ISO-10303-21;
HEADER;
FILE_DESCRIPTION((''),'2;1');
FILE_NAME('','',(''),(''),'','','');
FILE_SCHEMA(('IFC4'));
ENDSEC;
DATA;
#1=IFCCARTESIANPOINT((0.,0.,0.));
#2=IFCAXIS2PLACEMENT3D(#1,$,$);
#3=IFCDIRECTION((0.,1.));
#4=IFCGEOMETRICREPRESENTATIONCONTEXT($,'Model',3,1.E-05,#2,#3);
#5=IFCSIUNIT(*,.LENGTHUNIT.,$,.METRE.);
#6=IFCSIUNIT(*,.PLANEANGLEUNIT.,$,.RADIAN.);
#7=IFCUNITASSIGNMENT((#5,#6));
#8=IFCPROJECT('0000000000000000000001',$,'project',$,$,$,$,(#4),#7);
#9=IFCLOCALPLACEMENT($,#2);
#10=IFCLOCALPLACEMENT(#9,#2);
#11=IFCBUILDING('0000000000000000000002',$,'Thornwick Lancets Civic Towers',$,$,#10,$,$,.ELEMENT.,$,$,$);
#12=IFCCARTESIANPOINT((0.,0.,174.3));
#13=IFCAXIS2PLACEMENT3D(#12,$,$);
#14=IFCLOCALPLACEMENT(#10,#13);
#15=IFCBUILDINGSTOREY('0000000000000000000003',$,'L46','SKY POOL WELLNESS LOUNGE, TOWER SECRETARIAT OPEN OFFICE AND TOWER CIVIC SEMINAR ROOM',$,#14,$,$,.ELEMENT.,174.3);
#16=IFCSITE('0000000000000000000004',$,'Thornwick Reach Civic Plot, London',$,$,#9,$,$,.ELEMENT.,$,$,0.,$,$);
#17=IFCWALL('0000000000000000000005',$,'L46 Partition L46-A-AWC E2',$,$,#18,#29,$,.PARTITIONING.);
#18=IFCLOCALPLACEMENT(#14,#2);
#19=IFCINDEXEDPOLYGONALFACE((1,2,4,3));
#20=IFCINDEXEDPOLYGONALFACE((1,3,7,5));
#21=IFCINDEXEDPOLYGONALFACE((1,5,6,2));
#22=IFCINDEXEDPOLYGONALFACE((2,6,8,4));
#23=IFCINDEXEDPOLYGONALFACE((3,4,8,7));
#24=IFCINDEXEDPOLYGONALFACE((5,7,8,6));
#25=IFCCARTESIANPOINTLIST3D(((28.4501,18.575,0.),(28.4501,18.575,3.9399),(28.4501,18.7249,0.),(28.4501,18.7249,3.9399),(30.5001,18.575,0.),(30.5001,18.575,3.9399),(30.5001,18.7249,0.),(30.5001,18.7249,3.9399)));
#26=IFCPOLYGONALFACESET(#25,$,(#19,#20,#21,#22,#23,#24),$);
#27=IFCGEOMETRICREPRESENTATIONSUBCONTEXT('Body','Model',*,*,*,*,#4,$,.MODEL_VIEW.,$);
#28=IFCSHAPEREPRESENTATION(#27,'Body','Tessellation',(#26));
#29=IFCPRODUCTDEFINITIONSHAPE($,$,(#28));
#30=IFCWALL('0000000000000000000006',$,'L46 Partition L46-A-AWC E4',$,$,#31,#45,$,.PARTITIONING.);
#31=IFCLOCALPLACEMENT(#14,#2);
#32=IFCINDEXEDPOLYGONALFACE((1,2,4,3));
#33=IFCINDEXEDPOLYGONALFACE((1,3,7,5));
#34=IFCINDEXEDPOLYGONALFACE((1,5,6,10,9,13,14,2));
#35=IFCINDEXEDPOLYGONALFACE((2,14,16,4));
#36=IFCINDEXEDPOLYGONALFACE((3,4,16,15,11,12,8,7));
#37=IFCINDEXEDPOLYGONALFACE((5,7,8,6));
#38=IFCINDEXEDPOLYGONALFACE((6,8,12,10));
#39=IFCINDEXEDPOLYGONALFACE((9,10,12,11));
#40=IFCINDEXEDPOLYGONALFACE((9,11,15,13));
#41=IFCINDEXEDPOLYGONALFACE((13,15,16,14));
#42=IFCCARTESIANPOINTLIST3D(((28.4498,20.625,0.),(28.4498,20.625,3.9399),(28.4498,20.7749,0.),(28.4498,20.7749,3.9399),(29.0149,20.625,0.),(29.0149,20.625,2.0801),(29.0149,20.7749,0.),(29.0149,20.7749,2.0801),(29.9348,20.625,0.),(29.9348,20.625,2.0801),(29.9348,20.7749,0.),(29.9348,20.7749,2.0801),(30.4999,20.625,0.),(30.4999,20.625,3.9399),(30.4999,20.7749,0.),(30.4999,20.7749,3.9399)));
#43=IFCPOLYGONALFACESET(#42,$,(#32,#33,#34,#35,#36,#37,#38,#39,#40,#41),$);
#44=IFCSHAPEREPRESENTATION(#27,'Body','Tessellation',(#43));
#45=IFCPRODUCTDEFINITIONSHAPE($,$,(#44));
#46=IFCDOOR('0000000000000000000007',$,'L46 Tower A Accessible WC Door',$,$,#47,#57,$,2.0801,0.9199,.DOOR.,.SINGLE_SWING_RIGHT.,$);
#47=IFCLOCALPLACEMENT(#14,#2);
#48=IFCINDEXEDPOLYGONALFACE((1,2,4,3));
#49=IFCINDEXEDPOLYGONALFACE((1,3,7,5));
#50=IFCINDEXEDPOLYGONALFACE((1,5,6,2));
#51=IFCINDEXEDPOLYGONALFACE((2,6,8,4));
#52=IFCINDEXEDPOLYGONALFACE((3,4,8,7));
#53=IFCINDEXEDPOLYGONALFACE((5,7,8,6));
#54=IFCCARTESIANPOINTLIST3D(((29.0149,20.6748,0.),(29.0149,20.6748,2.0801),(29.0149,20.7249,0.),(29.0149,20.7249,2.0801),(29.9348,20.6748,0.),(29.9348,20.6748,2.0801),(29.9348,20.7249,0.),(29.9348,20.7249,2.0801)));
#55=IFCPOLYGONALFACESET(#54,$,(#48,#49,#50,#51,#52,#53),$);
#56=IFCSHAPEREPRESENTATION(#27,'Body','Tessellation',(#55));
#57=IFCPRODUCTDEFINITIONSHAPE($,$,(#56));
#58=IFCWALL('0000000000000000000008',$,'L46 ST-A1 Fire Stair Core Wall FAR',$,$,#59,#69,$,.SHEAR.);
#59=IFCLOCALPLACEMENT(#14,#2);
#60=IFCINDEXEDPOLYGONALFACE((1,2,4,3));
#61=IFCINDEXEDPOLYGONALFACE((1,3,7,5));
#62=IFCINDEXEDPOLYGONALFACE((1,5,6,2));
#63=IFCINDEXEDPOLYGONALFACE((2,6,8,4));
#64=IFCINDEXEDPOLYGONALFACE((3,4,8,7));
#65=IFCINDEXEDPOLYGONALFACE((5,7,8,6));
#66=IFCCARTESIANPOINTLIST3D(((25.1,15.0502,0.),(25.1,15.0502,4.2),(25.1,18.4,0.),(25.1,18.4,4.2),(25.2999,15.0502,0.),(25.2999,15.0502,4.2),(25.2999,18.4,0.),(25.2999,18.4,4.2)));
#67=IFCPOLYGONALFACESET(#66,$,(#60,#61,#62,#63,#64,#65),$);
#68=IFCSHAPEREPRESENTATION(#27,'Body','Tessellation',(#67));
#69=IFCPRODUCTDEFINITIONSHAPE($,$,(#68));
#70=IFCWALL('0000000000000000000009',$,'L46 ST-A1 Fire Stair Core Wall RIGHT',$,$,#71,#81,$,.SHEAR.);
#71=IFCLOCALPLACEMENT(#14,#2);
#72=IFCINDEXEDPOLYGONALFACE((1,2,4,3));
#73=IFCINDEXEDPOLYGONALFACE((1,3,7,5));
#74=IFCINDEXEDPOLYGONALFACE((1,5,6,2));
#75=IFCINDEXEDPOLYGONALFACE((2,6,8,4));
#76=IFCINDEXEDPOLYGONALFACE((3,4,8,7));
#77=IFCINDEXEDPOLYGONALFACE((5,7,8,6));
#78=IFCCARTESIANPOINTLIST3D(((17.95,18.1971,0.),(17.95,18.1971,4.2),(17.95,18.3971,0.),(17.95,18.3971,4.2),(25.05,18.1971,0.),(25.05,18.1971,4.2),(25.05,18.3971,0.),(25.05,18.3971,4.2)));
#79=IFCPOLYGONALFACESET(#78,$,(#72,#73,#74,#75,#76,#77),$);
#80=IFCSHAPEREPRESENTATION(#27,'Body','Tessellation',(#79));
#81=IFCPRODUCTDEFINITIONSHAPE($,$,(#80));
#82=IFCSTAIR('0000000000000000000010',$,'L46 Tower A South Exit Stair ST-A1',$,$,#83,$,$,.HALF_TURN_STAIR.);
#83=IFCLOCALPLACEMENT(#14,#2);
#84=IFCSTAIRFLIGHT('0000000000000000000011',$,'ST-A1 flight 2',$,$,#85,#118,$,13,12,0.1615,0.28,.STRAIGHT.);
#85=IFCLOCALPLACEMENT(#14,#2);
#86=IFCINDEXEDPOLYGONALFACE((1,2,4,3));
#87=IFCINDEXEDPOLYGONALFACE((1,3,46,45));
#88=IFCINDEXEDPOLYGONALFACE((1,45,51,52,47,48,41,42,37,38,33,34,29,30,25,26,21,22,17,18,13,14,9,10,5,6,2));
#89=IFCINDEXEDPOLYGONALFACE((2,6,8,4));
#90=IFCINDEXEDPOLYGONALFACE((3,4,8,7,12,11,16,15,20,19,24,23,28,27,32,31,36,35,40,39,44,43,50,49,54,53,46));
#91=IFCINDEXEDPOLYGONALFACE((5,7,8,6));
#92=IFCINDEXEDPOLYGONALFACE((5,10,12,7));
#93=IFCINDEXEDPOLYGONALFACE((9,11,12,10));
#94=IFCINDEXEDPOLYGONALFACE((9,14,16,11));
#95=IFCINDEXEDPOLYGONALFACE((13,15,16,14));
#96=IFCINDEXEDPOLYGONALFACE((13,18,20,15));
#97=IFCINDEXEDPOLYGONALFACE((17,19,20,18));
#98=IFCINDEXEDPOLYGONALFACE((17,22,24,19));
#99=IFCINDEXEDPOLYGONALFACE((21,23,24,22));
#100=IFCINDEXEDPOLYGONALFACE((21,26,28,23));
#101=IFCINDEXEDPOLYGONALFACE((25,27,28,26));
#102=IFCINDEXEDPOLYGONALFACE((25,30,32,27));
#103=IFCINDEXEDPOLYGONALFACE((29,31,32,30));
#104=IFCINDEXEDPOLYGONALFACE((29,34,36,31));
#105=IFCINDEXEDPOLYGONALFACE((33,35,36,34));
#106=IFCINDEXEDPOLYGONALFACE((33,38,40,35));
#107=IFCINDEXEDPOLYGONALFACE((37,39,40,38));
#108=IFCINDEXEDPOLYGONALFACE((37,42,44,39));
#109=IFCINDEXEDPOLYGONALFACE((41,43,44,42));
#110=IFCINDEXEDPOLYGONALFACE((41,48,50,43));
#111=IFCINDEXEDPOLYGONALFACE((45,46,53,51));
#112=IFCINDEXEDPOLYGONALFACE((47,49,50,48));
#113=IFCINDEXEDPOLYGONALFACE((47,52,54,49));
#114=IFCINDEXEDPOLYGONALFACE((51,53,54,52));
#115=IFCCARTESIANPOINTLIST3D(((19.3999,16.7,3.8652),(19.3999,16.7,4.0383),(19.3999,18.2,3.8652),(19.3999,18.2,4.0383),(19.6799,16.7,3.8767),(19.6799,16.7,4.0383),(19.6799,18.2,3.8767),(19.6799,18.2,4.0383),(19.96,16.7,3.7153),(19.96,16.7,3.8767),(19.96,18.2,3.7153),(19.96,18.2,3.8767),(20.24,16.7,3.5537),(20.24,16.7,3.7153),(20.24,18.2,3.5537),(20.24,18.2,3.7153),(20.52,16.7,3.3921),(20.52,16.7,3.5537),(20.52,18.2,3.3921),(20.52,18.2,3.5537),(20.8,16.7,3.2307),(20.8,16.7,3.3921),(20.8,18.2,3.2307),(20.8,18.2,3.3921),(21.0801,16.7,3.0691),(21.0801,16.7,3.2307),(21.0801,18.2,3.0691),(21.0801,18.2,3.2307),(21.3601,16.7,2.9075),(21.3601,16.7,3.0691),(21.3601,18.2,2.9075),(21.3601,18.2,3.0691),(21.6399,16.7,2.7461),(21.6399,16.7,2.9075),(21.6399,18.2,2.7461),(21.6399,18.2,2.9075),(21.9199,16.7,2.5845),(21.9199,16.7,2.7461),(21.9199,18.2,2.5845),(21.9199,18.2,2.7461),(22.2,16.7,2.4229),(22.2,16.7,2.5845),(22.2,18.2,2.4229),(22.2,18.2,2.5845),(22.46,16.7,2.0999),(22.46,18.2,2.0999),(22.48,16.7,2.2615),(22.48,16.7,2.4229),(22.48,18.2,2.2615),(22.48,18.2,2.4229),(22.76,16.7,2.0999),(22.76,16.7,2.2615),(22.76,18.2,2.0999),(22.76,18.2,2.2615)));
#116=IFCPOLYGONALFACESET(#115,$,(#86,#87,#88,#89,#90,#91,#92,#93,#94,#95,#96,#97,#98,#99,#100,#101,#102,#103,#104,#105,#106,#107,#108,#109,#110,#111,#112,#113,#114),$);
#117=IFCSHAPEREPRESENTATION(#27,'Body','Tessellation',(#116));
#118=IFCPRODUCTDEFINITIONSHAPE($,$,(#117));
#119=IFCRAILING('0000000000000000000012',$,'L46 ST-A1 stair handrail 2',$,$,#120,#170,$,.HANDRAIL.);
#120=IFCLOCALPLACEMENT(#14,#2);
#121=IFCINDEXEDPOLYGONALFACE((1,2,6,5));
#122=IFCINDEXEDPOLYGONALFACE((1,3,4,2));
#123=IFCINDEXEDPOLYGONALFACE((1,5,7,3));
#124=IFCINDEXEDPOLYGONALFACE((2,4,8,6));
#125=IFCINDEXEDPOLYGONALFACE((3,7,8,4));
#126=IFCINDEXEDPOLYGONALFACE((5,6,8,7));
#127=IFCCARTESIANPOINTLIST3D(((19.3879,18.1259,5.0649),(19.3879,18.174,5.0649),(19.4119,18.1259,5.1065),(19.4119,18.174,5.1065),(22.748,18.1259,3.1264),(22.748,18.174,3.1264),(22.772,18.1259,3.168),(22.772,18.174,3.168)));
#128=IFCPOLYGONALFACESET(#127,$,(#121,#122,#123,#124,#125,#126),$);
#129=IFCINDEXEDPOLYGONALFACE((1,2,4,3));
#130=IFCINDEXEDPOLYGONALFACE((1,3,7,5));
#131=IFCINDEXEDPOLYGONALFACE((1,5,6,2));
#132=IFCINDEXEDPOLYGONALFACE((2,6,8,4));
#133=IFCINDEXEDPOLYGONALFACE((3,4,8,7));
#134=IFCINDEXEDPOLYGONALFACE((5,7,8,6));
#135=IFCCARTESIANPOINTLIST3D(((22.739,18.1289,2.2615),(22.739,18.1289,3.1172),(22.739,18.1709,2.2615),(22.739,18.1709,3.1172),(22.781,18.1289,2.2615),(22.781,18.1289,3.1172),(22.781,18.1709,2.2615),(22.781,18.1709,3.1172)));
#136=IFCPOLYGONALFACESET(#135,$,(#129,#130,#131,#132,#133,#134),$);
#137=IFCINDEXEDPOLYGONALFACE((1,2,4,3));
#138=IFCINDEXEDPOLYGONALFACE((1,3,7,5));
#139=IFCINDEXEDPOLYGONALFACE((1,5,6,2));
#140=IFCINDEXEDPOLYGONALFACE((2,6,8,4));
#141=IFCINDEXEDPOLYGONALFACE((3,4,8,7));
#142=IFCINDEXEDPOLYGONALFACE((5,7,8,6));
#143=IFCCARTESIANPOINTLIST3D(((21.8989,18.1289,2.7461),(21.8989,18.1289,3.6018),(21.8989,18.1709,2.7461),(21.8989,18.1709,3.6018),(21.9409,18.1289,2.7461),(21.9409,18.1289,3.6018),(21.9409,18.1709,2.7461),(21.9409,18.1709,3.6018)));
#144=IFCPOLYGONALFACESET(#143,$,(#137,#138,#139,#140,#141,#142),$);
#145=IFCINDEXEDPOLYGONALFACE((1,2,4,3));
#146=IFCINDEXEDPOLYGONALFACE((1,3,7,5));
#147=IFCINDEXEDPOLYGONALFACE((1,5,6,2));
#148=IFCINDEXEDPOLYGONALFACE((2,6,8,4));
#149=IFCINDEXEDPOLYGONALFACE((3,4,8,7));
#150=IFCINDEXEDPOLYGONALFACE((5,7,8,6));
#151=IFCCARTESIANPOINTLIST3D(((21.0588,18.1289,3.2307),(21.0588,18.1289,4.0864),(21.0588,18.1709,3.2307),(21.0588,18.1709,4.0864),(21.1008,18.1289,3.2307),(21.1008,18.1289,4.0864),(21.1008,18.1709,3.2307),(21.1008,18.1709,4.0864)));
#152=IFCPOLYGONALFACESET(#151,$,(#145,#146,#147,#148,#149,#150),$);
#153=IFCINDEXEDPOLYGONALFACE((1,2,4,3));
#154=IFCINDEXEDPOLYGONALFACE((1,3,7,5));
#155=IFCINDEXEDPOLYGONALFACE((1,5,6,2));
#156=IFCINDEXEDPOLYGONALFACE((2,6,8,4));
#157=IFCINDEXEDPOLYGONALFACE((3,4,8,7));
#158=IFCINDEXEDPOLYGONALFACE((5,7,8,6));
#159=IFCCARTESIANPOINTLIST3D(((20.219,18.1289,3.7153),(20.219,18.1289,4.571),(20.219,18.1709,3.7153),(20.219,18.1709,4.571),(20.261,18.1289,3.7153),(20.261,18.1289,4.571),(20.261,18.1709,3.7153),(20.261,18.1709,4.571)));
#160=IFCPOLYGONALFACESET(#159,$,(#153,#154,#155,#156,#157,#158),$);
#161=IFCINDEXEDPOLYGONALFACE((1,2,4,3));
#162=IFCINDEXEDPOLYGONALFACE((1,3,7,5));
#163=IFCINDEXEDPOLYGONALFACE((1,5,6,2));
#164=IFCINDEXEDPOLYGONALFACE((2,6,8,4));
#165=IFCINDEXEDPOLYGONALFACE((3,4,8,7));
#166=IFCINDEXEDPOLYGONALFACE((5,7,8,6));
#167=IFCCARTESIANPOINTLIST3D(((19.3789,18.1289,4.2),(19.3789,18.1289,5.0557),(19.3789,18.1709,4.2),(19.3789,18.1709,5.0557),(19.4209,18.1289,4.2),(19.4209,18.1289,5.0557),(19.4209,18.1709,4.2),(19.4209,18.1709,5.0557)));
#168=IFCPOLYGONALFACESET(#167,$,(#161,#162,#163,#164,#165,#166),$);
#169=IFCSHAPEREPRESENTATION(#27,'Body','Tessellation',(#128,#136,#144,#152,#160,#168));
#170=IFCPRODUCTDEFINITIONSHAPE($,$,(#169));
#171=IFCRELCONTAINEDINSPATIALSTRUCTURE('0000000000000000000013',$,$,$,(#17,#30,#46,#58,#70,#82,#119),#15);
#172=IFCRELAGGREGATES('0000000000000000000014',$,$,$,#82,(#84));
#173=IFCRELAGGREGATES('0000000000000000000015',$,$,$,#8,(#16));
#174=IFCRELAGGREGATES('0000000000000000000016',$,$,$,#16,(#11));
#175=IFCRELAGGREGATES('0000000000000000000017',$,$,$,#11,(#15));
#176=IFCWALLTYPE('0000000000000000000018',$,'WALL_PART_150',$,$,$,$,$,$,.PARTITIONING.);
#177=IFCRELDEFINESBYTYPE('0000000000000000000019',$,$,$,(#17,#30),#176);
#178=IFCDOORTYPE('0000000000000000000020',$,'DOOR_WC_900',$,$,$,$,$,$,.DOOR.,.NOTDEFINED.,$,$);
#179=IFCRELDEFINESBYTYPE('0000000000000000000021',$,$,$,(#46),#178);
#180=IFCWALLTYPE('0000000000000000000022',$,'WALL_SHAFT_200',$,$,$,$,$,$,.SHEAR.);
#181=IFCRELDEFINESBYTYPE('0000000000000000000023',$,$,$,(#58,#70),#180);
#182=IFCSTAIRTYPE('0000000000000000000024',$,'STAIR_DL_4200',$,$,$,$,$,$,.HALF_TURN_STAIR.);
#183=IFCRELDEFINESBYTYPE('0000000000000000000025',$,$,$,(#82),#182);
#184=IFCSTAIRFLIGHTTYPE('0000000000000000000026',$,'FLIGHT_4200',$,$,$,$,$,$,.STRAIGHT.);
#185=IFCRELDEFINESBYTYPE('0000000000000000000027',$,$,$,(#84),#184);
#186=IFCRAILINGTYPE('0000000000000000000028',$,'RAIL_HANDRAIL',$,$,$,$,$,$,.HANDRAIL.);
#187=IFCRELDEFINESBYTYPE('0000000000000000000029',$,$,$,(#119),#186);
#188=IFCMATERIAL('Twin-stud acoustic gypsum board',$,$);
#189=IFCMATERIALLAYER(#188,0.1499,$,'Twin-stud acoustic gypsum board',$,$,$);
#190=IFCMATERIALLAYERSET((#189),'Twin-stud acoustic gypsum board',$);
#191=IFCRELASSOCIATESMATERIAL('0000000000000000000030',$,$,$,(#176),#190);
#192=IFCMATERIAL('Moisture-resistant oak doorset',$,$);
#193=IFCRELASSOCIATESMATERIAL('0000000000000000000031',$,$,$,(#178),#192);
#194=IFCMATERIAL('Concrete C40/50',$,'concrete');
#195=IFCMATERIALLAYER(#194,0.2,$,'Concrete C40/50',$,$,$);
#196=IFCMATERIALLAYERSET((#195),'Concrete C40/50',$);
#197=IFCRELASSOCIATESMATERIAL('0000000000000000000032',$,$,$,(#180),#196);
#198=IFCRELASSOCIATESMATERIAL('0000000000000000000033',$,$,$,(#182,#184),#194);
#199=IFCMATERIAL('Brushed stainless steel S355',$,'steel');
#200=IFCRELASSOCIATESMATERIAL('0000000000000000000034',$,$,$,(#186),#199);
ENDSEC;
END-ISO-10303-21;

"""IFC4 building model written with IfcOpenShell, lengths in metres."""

from ifc_helpers import new_model, si_unit, direction, frame, frame_2d, origin, origin_2d, place, context, subcontext, project, spatial, polyline, rectangle, outline, extrude, material, layer, layer_set, type_object, element, fill, aggregate, save


model = new_model("IFC4")

# Units and contexts
model_context = context("Model", 3, precision=1e-05, world=origin(), true_north=direction((0.0, 1.0)))
body_context = subcontext(model_context, "Body", "Model", "MODEL_VIEW")
ifc_project = project(units=[si_unit("LENGTHUNIT", "METRE"), si_unit("PLANEANGLEUNIT", "RADIAN")], contexts=[model_context])

# Site, building, storey
site_placement = place(None, origin())
site = spatial("IfcSite", under=ifc_project, at=site_placement, Name="Thornwick Reach Civic Plot, London", CompositionType="ELEMENT", RefElevation=0.0)
building_placement = place(site_placement, origin())
building = spatial("IfcBuilding", under=site, at=building_placement, Name="Thornwick Lancets Civic Towers", CompositionType="ELEMENT")
storey_placement = place(building_placement, frame((0.0, 0.0, 174.3)))
storey = spatial("IfcBuildingStorey", under=building, at=storey_placement, Name="L46", Description="SKY POOL WELLNESS LOUNGE, TOWER SECRETARIAT OPEN OFFICE AND TOWER CIVIC SEMINAR ROOM", CompositionType="ELEMENT", Elevation=174.3)

# Shared definitions
ifc_material_1 = material(Name="Concrete C40/50", Category="concrete")

# Wall
ifc_material_2 = material(Name="Twin-stud acoustic gypsum board")
ifc_layer_1 = layer(ifc_material_2, 0.1499, Name="Twin-stud acoustic gypsum board")
ifc_layer_set_1 = layer_set([ifc_layer_1], Name="Twin-stud acoustic gypsum board")
wall_type_1 = type_object("IfcWallType", Name="WALL_PART_150", PredefinedType="PARTITIONING", material=ifc_layer_set_1)
wall_1_placement = place(storey_placement, frame((30.5, 18.6499, 0.0), z_axis=(0.0, 0.0, 1.0), x_axis=(-1.0, 0.0, 0.0)))
element("IfcWall", 1, at=wall_1_placement, inside=storey, type_object=wall_type_1, Name="L46 Partition L46-A-AWC E2", PredefinedType="PARTITIONING", context=body_context, shape_type="SweptSolid", body=[
    extrude(rectangle(XDim=2.05, YDim=0.1499, at=frame_2d((1.0249, 0.0))), origin(), (0.0, 0.0, 1.0), 3.9399),
])

# Wall, opening, door
wall_2_placement = place(storey_placement, frame((28.45, 20.7, 0.0), z_axis=(0.0, 0.0, 1.0), x_axis=(1.0, 0.0, 0.0)))
wall_2 = element("IfcWall", 2, at=wall_2_placement, inside=storey, type_object=wall_type_1, Name="L46 Partition L46-A-AWC E4", PredefinedType="PARTITIONING", context=body_context, shape_type="SweptSolid", body=[
    extrude(rectangle(XDim=2.05, YDim=0.1499, at=frame_2d((1.0249, 0.0))), origin(), (0.0, 0.0, 1.0), 3.9399),
])
opening_1_placement = place(wall_2_placement, frame((0.5649, 0.0, 0.0)))
opening_1 = element("IfcOpeningElement", 3, at=opening_1_placement, cuts=wall_2, PredefinedType="OPENING", context=body_context, shape_type="SweptSolid", body=[
    extrude(rectangle(XDim=0.9199, YDim=2.0801, at=frame_2d((0.46, 1.04))), frame((0.0, 0.085, 0.0), z_axis=(0.0, -1.0, 0.0), x_axis=(1.0, 0.0, 0.0)), (0.0, 0.0, 1.0), 0.1699),
])
ifc_material_3 = material(Name="Moisture-resistant oak doorset")
door_type_1 = type_object("IfcDoorType", Name="DOOR_WC_900", OperationType="NOTDEFINED", PredefinedType="DOOR", material=ifc_material_3)
door_1_placement = place(opening_1_placement, origin())
door_1 = element("IfcDoor", 4, at=door_1_placement, inside=storey, type_object=door_type_1, Name="L46 Tower A Accessible WC Door", OperationType="SINGLE_SWING_RIGHT", OverallHeight=2.0801, OverallWidth=0.9199, PredefinedType="DOOR", context=body_context, shape_type="SweptSolid", body=[
    extrude(rectangle(XDim=0.9199, YDim=2.0801, at=frame_2d((0.46, 1.04))), frame((0.0, 0.0249, 0.0), z_axis=(0.0, -1.0, 0.0), x_axis=(1.0, 0.0, 0.0)), (0.0, 0.0, 1.0), 0.05),
])
fill(opening_1, door_1)

# Walls
ifc_layer_2 = layer(ifc_material_1, 0.2, Name="Concrete C40/50")
ifc_layer_set_2 = layer_set([ifc_layer_2], Name="Concrete C40/50")
wall_type_2 = type_object("IfcWallType", Name="WALL_SHAFT_200", PredefinedType="SHEAR", material=ifc_layer_set_2)
wall_3_placement = place(storey_placement, frame((25.2, 18.3999, 0.0), z_axis=(0.0, 0.0, 1.0), x_axis=(0.0, -1.0, 0.0)))
element("IfcWall", 5, at=wall_3_placement, inside=storey, type_object=wall_type_2, Name="L46 ST-A1 Fire Stair Core Wall FAR", PredefinedType="SHEAR", context=body_context, shape_type="SweptSolid", body=[
    extrude(rectangle(XDim=3.3499, YDim=0.2, at=frame_2d((1.6748, 0.0))), origin(), (0.0, 0.0, 1.0), 4.2),
])
wall_4_placement = place(storey_placement, frame((25.05, 18.2971, 0.0), z_axis=(0.0, 0.0, 1.0), x_axis=(-1.0, 0.0, 0.0)))
element("IfcWall", 6, at=wall_4_placement, inside=storey, type_object=wall_type_2, Name="L46 ST-A1 Fire Stair Core Wall RIGHT", PredefinedType="SHEAR", context=body_context, shape_type="SweptSolid", body=[
    extrude(rectangle(XDim=7.1001, YDim=0.2, at=frame_2d((3.55, 0.0))), origin(), (0.0, 0.0, 1.0), 4.2),
])

# Stair, stair flight
stair_type = type_object("IfcStairType", Name="STAIR_DL_4200", PredefinedType="HALF_TURN_STAIR", material=ifc_material_1)
stair_placement = place(storey_placement, origin())
stair = element("IfcStair", 7, at=stair_placement, inside=storey, type_object=stair_type, Name="L46 Tower A South Exit Stair ST-A1", PredefinedType="HALF_TURN_STAIR")
stair_flight_type = type_object("IfcStairFlightType", Name="FLIGHT_4200", PredefinedType="STRAIGHT", material=ifc_material_1)
stair_flight_placement = place(storey_placement, frame((22.76, 17.45, 2.0999), z_axis=(0.0, 0.0, 1.0), x_axis=(-1.0, 0.0, 0.0)))
stair_flight = element("IfcStairFlight", 8, at=stair_flight_placement, type_object=stair_flight_type, Name="ST-A1 flight 2", NumberOfRisers=13, NumberOfTreads=12, PredefinedType="STRAIGHT", RiserHeight=0.1615, TreadLength=0.28, context=body_context, shape_type="SweptSolid", body=[
    extrude(outline(polyline([(0.0, 0.0), (0.0, 0.1616), (0.28, 0.1616), (0.28, 0.323), (0.5601, 0.323), (0.5601, 0.4846), (0.8401, 0.4846), (0.8401, 0.6462), (1.1201, 0.6462), (1.1201, 0.8076), (1.3999, 0.8076), (1.3999, 0.9692), (1.6799, 0.9692), (1.6799, 1.1309), (1.96, 1.1309), (1.96, 1.2922), (2.24, 1.2922), (2.24, 1.4539), (2.52, 1.4539), (2.52, 1.6155), (2.8, 1.6155), (2.8, 1.7769), (3.0801, 1.7769), (3.0801, 1.9385), (3.3601, 1.9385), (3.3601, 2.1001), (3.3601, 1.7654), (0.3, 0.0), (0.0, 0.0)])), frame((0.0, 0.75, 0.0), z_axis=(0.0, -1.0, 0.0), x_axis=(1.0, 0.0, 0.0)), (0.0, 0.0, 1.0), 1.5),
])
aggregate(stair, [stair_flight])

# Railing
ifc_material_4 = material(Name="Brushed stainless steel S355", Category="steel")
railing_type_1 = type_object("IfcRailingType", Name="RAIL_HANDRAIL", PredefinedType="HANDRAIL", material=ifc_material_4)
railing_1_placement = place(storey_placement, frame((22.76, 18.1499, 2.2615)))
element("IfcRailing", 9, at=railing_1_placement, inside=storey, type_object=railing_type_1, Name="L46 ST-A1 stair handrail 2", PredefinedType="HANDRAIL", context=body_context, shape_type="SweptSolid", body=[
    extrude(rectangle(XDim=0.0481, YDim=0.0481, at=origin_2d()), frame((0.0, 0.0, 0.8857), z_axis=(-0.866191, 0.0, 0.499713), x_axis=(0.0, -1.0, 0.0)), (0.0, 0.0, 1.0), 3.8792),
    extrude(rectangle(XDim=0.042, YDim=0.042, at=origin_2d()), origin(), (0.0, 0.0, 1.0), 0.8557),
    extrude(rectangle(XDim=0.042, YDim=0.042, at=origin_2d()), frame((-0.8401, 0.0, 0.4846)), (0.0, 0.0, 1.0), 0.8557),
    extrude(rectangle(XDim=0.042, YDim=0.042, at=origin_2d()), frame((-1.6802, 0.0, 0.9692)), (0.0, 0.0, 1.0), 0.8557),
    extrude(rectangle(XDim=0.042, YDim=0.042, at=origin_2d()), frame((-2.52, 0.0, 1.4539)), (0.0, 0.0, 1.0), 0.8557),
    extrude(rectangle(XDim=0.042, YDim=0.042, at=origin_2d()), frame((-3.3601, 0.0, 1.9385)), (0.0, 0.0, 1.0), 0.8557),
])

save(model, "model.ifc")
